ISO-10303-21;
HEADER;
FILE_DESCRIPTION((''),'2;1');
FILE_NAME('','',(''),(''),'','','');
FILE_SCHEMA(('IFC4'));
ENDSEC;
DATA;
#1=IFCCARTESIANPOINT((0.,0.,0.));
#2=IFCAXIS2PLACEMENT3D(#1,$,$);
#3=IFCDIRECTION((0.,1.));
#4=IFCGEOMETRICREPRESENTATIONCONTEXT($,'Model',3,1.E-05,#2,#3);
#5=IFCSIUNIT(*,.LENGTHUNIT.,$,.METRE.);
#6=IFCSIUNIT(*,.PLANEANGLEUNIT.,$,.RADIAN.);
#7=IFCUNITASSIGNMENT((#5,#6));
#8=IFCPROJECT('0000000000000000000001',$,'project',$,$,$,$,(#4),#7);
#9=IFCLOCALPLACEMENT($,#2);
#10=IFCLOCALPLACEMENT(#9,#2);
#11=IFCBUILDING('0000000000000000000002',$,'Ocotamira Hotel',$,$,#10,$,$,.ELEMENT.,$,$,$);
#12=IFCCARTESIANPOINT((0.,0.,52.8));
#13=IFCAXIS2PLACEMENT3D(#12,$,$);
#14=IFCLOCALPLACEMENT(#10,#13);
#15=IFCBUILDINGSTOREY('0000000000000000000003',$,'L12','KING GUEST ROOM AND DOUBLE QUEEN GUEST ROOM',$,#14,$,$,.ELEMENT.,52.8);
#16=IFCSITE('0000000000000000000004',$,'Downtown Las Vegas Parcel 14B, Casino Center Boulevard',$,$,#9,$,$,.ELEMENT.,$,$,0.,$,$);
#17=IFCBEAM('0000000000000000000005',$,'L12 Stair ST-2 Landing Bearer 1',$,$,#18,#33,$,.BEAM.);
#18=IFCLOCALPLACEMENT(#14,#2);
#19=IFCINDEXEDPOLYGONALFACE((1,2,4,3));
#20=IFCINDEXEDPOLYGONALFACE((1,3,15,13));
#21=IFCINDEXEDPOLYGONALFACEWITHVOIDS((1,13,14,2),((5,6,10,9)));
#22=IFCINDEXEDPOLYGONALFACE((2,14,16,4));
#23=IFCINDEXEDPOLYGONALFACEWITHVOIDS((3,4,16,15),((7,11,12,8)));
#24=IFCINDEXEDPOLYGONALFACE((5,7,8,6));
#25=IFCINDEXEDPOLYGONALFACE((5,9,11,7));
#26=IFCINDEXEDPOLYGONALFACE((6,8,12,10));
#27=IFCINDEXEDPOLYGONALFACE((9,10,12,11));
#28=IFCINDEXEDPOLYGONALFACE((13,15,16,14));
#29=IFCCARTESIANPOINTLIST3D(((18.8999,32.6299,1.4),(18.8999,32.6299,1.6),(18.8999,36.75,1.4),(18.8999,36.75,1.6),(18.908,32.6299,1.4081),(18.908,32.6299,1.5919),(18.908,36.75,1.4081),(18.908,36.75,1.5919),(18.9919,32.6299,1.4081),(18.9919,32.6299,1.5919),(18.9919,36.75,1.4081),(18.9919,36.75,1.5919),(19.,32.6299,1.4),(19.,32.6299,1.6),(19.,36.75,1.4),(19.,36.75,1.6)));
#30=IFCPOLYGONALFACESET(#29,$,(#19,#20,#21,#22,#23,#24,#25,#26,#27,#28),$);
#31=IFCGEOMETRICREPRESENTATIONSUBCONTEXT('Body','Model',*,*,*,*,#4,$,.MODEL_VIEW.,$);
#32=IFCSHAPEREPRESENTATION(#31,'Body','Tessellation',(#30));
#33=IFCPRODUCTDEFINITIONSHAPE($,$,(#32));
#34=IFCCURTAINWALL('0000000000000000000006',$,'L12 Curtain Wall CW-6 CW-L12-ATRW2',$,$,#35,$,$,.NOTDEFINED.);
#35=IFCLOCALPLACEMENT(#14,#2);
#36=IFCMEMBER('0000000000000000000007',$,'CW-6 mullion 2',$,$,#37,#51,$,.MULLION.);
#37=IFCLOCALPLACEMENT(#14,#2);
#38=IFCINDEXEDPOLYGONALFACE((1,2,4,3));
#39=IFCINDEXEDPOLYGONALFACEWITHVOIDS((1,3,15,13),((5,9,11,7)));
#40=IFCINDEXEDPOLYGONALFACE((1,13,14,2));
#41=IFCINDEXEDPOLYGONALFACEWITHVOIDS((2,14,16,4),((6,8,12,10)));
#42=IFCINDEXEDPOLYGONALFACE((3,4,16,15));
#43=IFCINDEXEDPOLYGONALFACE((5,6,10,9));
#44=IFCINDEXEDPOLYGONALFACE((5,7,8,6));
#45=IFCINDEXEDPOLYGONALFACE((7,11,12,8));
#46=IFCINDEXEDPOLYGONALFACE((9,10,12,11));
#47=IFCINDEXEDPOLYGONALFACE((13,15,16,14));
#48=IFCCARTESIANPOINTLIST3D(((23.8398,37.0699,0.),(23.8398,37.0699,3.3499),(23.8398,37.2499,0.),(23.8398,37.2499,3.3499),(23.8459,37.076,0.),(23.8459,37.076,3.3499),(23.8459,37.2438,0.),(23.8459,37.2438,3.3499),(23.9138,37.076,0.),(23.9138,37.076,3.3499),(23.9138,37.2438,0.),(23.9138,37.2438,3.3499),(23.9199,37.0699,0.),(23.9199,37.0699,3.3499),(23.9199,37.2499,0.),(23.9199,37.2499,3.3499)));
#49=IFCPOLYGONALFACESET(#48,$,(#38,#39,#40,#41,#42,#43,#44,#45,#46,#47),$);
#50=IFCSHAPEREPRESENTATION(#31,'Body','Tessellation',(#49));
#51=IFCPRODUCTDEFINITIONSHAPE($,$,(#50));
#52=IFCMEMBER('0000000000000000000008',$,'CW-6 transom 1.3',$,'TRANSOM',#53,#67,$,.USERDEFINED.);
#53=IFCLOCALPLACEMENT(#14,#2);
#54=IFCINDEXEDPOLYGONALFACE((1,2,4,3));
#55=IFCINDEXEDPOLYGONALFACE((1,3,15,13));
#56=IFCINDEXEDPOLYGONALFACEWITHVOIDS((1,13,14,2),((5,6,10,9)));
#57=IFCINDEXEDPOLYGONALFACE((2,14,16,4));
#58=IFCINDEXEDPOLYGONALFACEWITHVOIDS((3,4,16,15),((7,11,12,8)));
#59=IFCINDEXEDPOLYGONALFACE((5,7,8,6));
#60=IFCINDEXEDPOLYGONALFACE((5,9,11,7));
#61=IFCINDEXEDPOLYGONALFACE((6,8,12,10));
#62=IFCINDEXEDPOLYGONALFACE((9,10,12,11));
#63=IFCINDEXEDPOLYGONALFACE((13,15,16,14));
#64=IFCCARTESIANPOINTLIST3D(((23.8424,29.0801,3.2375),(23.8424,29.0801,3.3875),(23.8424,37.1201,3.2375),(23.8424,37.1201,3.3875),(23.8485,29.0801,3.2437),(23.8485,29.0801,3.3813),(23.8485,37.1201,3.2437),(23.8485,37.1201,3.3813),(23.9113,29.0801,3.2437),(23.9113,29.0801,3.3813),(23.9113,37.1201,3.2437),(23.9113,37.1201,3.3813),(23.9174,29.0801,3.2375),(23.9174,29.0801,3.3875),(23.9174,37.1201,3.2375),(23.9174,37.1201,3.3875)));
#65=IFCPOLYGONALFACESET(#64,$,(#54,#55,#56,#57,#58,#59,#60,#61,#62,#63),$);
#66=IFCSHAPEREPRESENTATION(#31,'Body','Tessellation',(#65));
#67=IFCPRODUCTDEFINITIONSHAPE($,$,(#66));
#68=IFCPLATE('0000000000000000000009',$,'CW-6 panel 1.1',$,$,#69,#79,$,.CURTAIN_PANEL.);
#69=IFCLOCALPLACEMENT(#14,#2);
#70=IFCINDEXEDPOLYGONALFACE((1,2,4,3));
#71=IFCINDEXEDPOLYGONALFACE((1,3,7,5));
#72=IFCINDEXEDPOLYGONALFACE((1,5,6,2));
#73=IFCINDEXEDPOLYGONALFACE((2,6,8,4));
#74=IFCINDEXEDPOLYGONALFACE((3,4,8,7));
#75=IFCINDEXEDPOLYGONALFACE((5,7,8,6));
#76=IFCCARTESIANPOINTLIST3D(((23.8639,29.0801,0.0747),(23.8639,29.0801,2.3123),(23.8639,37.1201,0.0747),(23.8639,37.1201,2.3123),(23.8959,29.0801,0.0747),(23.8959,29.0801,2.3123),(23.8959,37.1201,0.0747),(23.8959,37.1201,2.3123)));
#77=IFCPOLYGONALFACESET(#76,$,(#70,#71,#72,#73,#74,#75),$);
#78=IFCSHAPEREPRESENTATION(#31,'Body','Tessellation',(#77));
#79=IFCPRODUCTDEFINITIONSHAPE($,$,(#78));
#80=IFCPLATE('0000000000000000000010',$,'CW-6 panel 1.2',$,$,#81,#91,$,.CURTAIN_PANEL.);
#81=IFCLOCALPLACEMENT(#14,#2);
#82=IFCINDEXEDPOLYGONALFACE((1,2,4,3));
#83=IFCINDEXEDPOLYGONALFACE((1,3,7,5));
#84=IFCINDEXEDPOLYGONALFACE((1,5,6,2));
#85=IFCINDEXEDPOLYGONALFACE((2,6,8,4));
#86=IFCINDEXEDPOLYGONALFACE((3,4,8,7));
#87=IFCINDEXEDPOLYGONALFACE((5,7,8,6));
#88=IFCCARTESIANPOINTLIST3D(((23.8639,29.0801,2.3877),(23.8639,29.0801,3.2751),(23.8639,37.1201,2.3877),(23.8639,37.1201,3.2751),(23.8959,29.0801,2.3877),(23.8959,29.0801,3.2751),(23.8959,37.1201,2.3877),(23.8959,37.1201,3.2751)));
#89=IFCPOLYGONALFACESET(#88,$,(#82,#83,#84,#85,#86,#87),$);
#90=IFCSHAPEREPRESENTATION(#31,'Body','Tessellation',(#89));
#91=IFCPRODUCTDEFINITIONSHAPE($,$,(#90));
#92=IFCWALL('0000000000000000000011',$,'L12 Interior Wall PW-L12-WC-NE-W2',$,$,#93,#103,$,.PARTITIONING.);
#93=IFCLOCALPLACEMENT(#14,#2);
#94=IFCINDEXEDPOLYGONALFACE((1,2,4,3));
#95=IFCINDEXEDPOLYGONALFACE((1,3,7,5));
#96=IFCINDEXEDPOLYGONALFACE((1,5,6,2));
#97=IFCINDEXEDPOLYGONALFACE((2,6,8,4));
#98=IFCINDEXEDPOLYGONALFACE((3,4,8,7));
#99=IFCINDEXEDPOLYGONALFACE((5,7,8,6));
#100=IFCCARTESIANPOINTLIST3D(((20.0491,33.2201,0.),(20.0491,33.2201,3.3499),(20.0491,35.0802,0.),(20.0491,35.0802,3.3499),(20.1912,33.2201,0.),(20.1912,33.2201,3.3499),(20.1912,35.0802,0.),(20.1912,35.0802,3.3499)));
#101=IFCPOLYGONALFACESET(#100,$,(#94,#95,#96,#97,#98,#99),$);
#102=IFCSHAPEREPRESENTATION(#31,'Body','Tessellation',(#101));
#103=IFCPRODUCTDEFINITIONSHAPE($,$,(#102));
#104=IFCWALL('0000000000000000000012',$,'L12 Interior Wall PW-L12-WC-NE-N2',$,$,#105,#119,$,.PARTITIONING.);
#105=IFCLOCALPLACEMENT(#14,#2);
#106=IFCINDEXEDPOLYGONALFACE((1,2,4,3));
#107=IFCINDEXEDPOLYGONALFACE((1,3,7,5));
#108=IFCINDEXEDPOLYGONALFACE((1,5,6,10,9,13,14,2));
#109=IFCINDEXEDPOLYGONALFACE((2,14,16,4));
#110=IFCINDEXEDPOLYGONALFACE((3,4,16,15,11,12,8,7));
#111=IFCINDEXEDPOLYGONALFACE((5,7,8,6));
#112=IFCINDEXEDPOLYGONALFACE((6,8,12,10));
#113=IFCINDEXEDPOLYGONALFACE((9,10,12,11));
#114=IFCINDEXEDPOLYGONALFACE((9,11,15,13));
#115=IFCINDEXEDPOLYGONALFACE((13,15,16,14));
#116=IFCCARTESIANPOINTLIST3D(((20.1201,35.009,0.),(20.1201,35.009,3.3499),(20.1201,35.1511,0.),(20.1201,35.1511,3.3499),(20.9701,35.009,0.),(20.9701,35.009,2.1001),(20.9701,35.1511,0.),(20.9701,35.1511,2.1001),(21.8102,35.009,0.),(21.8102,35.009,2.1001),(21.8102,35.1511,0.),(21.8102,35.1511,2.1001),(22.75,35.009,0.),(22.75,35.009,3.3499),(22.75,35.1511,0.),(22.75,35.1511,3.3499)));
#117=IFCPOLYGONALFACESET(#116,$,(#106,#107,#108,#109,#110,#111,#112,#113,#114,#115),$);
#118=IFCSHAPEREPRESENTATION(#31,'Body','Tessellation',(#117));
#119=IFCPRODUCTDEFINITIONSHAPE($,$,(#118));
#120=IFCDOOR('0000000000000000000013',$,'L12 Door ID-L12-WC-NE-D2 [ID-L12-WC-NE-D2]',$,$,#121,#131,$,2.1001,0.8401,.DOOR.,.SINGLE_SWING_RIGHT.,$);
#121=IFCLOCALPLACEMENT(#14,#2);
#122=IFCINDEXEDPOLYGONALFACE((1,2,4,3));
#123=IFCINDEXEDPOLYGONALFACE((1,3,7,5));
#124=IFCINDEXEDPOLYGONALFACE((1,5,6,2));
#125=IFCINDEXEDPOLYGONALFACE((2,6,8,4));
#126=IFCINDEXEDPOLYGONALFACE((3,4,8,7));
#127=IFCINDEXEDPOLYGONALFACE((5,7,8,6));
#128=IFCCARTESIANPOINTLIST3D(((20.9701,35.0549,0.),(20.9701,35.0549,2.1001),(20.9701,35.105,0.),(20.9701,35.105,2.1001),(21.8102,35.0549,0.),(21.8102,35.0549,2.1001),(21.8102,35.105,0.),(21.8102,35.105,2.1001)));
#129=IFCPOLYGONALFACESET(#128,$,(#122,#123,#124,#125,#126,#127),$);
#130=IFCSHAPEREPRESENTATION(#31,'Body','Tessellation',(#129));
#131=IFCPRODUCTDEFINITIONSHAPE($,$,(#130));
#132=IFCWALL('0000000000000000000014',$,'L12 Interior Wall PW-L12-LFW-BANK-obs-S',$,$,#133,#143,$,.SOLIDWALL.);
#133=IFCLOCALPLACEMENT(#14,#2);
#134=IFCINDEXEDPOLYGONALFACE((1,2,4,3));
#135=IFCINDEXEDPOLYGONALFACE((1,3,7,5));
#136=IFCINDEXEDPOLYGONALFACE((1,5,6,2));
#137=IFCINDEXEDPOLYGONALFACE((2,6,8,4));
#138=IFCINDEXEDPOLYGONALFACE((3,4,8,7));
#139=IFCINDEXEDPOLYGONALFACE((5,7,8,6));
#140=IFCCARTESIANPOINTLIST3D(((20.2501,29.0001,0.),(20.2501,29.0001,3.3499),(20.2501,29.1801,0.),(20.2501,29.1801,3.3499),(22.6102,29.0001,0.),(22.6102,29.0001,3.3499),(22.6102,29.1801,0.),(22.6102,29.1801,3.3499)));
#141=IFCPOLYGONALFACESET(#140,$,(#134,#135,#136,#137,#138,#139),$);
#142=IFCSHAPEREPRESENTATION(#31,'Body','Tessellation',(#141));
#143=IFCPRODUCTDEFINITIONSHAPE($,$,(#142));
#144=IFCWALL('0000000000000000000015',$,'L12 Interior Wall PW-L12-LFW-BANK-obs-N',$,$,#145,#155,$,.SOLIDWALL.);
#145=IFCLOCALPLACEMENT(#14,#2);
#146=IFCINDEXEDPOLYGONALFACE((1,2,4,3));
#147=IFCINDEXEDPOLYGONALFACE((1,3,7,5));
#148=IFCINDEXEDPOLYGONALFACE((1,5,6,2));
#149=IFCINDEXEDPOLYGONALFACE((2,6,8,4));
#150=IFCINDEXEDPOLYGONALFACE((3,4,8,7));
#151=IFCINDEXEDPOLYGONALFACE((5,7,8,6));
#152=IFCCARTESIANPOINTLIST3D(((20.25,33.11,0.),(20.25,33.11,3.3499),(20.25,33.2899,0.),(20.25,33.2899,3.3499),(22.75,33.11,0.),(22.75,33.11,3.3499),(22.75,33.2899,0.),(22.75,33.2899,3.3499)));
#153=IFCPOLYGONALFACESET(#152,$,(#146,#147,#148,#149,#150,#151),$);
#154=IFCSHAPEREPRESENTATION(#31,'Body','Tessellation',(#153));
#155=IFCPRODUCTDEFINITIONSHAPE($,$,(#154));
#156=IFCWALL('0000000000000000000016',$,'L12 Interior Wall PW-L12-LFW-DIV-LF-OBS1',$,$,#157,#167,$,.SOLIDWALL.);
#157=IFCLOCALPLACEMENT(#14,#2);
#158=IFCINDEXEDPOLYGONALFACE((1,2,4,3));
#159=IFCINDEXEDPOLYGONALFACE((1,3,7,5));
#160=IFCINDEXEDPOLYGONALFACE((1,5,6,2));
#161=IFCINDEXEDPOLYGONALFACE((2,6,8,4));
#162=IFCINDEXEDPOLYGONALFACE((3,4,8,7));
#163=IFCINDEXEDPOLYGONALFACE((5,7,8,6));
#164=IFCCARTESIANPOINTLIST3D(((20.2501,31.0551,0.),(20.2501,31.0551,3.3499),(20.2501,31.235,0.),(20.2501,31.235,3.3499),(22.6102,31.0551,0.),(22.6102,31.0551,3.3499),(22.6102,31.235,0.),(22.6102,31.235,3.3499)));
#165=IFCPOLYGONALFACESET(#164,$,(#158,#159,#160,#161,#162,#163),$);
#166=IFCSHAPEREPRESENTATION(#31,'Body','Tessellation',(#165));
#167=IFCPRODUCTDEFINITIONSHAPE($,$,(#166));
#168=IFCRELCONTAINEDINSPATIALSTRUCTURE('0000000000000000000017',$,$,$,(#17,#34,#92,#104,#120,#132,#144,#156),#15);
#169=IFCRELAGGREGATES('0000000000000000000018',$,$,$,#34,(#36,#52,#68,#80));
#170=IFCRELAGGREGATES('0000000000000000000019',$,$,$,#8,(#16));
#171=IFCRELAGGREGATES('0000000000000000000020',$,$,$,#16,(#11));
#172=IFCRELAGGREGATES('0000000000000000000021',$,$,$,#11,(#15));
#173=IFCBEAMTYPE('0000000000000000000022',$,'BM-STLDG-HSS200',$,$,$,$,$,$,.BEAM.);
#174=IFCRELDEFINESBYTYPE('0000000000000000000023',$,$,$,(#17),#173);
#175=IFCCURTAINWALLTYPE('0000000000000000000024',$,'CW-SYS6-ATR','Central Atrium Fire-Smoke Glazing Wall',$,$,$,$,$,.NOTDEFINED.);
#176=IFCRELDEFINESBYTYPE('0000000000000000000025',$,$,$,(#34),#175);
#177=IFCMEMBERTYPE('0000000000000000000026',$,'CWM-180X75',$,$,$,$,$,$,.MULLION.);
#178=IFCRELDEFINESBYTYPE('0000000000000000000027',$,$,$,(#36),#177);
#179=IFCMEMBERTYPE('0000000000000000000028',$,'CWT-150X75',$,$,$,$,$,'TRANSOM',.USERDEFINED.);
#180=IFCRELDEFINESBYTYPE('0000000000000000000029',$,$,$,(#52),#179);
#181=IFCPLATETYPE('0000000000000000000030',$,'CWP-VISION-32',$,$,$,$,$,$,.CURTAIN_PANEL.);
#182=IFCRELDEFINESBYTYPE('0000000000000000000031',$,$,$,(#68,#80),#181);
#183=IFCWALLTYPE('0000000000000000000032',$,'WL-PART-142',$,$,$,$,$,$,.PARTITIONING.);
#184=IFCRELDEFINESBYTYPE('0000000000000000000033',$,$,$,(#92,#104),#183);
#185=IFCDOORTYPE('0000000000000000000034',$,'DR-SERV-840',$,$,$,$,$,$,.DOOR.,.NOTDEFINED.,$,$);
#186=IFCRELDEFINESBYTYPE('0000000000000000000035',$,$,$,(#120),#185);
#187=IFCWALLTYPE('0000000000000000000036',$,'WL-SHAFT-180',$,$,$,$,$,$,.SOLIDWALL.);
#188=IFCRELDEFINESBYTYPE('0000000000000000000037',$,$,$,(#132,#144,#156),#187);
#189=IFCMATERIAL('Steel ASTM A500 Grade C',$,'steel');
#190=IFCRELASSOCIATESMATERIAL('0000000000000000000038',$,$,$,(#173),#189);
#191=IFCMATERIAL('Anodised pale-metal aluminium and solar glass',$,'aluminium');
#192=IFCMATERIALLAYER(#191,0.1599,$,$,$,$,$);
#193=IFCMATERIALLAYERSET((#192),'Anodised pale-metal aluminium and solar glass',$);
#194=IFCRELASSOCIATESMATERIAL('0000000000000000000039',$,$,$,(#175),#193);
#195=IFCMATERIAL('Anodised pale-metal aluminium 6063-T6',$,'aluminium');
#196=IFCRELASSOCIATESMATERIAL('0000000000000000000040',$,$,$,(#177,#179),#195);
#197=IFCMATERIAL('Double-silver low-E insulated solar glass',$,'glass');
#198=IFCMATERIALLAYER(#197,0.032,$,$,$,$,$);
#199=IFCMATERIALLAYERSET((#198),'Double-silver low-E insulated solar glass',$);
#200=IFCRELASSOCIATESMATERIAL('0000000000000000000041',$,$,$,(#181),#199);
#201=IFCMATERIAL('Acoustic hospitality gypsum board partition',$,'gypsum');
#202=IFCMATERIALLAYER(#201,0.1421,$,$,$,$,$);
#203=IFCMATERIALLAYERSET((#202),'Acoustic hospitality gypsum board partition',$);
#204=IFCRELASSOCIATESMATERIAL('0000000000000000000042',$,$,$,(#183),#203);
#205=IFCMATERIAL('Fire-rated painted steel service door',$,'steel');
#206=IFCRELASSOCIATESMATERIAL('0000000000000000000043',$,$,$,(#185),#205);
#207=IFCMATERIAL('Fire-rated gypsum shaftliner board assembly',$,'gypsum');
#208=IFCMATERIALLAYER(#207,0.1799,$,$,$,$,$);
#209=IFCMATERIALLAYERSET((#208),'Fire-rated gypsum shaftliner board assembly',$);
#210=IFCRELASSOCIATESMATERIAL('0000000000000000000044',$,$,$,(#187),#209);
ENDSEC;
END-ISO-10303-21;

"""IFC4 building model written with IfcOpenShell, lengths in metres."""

from ifc_helpers import new_model, si_unit, direction, frame, frame_2d, origin, origin_2d, place, context, subcontext, project, spatial, rectangle, hollow_rectangle, extrude, source, transform, mapped, material, layer, layer_set, material_profile, profile_set, type_object, element, fill, aggregate, save


model = new_model("IFC4")

# Units and contexts
model_context = context("Model", 3, precision=1e-05, world=origin(), true_north=direction((0.0, 1.0)))
body_context = subcontext(model_context, "Body", "Model", "MODEL_VIEW")
ifc_project = project(units=[si_unit("LENGTHUNIT", "METRE"), si_unit("PLANEANGLEUNIT", "RADIAN")], contexts=[model_context])

# Site, building, storey
site_placement = place(None, origin())
site = spatial("IfcSite", under=ifc_project, at=site_placement, Name="Downtown Las Vegas Parcel 14B, Casino Center Boulevard", CompositionType="ELEMENT", RefElevation=0.0)
building_placement = place(site_placement, origin())
building = spatial("IfcBuilding", under=site, at=building_placement, Name="Ocotamira Hotel", CompositionType="ELEMENT")
storey_placement = place(building_placement, frame((0.0, 0.0, 52.8)))
storey = spatial("IfcBuildingStorey", under=building, at=storey_placement, Name="L12", Description="KING GUEST ROOM AND DOUBLE QUEEN GUEST ROOM", CompositionType="ELEMENT", Elevation=52.8)

# Beam
ifc_material_1 = material(Name="Steel ASTM A500 Grade C", Category="steel")
ifc_material_profile_1 = material_profile(ifc_material_1, hollow_rectangle(XDim=0.1001, YDim=0.2, WallThickness=0.0081, at=origin_2d()), Name="HSS200X100X8")
ifc_profile_set_1 = profile_set([ifc_material_profile_1], Name="Steel ASTM A500 Grade C")
beam_type = type_object("IfcBeamType", Name="BM-STLDG-HSS200", PredefinedType="BEAM", material=ifc_profile_set_1)
shared_shape_1 = source(origin(), body_context, "Body", "SweptSolid", [
    extrude(hollow_rectangle(XDim=0.1001, YDim=0.2, WallThickness=0.0081, at=origin_2d()), origin(), (0.0, 0.0, 1.0), 4.1201),
])
beam_placement = place(storey_placement, frame((18.95, 32.6299, 1.5), z_axis=(0.0, 1.0, 0.0), x_axis=(-1.0, 0.0, 0.0)))
element("IfcBeam", 1, at=beam_placement, inside=storey, type_object=beam_type, Name="L12 Stair ST-2 Landing Bearer 1", PredefinedType="BEAM", context=body_context, shape_type="MappedRepresentation", body=[
    mapped(shared_shape_1, transform((0.0, 0.0, 0.0), scale=1.0)),
])

# Curtain wall, members, plates
ifc_material_2 = material(Name="Anodised pale-metal aluminium and solar glass", Category="aluminium")
ifc_layer_1 = layer(ifc_material_2, 0.1599)
ifc_layer_set_1 = layer_set([ifc_layer_1], Name="Anodised pale-metal aluminium and solar glass")
curtain_wall_type = type_object("IfcCurtainWallType", Name="CW-SYS6-ATR", Description="Central Atrium Fire-Smoke Glazing Wall", PredefinedType="NOTDEFINED", material=ifc_layer_set_1)
curtain_wall_placement = place(storey_placement, origin())
curtain_wall = element("IfcCurtainWall", 2, at=curtain_wall_placement, inside=storey, type_object=curtain_wall_type, Name="L12 Curtain Wall CW-6 CW-L12-ATRW2", PredefinedType="NOTDEFINED")
ifc_material_3 = material(Name="Anodised pale-metal aluminium 6063-T6", Category="aluminium")
ifc_material_profile_2 = material_profile(ifc_material_3, hollow_rectangle(XDim=0.0801, YDim=0.1799, WallThickness=0.0061, at=origin_2d()), Name="HSS180X80X6")
ifc_profile_set_2 = profile_set([ifc_material_profile_2], Name="Anodised pale-metal aluminium 6063-T6")
member_type_1 = type_object("IfcMemberType", Name="CWM-180X75", PredefinedType="MULLION", material=ifc_profile_set_2)
shared_shape_2 = source(origin(), body_context, "Body", "SweptSolid", [
    extrude(hollow_rectangle(XDim=0.0801, YDim=0.1799, WallThickness=0.0061, at=origin_2d()), origin(), (0.0, 0.0, 1.0), 3.3499),
])
member_1_placement = place(storey_placement, frame((23.8799, 37.1599, 0.0), z_axis=(0.0, 0.0, 1.0), x_axis=(-1.0, 0.0, 0.0)))
member_1 = element("IfcMember", 3, at=member_1_placement, type_object=member_type_1, Name="CW-6 mullion 2", PredefinedType="MULLION", context=body_context, shape_type="MappedRepresentation", body=[
    mapped(shared_shape_2, transform((0.0, 0.0, 0.0), scale=1.0)),
])
ifc_material_profile_3 = material_profile(ifc_material_3, hollow_rectangle(XDim=0.075, YDim=0.1499, WallThickness=0.0061, at=origin_2d()), Name="HSS150X75X6")
ifc_profile_set_3 = profile_set([ifc_material_profile_3], Name="Anodised pale-metal aluminium 6063-T6")
member_type_2 = type_object("IfcMemberType", Name="CWT-150X75", ElementType="TRANSOM", PredefinedType="USERDEFINED", material=ifc_profile_set_3)
shared_shape_3 = source(origin(), body_context, "Body", "SweptSolid", [
    extrude(hollow_rectangle(XDim=0.075, YDim=0.1499, WallThickness=0.0061, at=origin_2d()), origin(), (0.0, 0.0, 1.0), 8.04),
])
member_2_placement = place(storey_placement, frame((23.8799, 29.0801, 3.3125), z_axis=(0.0, 1.0, 0.0), x_axis=(-1.0, 0.0, 0.0)))
member_2 = element("IfcMember", 4, at=member_2_placement, type_object=member_type_2, Name="CW-6 transom 1.3", ObjectType="TRANSOM", PredefinedType="USERDEFINED", context=body_context, shape_type="MappedRepresentation", body=[
    mapped(shared_shape_3, transform((0.0, 0.0, 0.0), scale=1.0)),
])
ifc_material_4 = material(Name="Double-silver low-E insulated solar glass", Category="glass")
ifc_layer_2 = layer(ifc_material_4, 0.032)
ifc_layer_set_2 = layer_set([ifc_layer_2], Name="Double-silver low-E insulated solar glass")
plate_type = type_object("IfcPlateType", Name="CWP-VISION-32", PredefinedType="CURTAIN_PANEL", material=ifc_layer_set_2)
shared_shape_4 = source(origin(), body_context, "Body", "SweptSolid", [
    extrude(rectangle(XDim=8.04, YDim=0.032, at=origin_2d()), origin(), (0.0, 0.0, 1.0), 2.2375),
])
plate_1_placement = place(storey_placement, frame((23.8799, 33.1001, 0.0747), z_axis=(0.0, 0.0, 1.0), x_axis=(0.0, 1.0, 0.0)))
plate_1 = element("IfcPlate", 5, at=plate_1_placement, type_object=plate_type, Name="CW-6 panel 1.1", PredefinedType="CURTAIN_PANEL", context=body_context, shape_type="MappedRepresentation", body=[
    mapped(shared_shape_4, transform((0.0, 0.0, 0.0), scale=1.0)),
])
shared_shape_5 = source(origin(), body_context, "Body", "SweptSolid", [
    extrude(rectangle(XDim=8.04, YDim=0.032, at=origin_2d()), origin(), (0.0, 0.0, 1.0), 0.8875),
])
plate_2_placement = place(storey_placement, frame((23.8799, 33.1001, 2.3877), z_axis=(0.0, 0.0, 1.0), x_axis=(0.0, 1.0, 0.0)))
plate_2 = element("IfcPlate", 6, at=plate_2_placement, type_object=plate_type, Name="CW-6 panel 1.2", PredefinedType="CURTAIN_PANEL", context=body_context, shape_type="MappedRepresentation", body=[
    mapped(shared_shape_5, transform((0.0, 0.0, 0.0), scale=1.0)),
])
aggregate(curtain_wall, [member_1, member_2, plate_1, plate_2])

# Wall
ifc_material_5 = material(Name="Acoustic hospitality gypsum board partition", Category="gypsum")
ifc_layer_3 = layer(ifc_material_5, 0.1421)
ifc_layer_set_3 = layer_set([ifc_layer_3], Name="Acoustic hospitality gypsum board partition")
wall_type_1 = type_object("IfcWallType", Name="WL-PART-142", PredefinedType="PARTITIONING", material=ifc_layer_set_3)
wall_1_placement = place(storey_placement, frame((20.1201, 33.22, 0.0), z_axis=(0.0, 0.0, 1.0), x_axis=(0.0, 1.0, 0.0)))
element("IfcWall", 7, at=wall_1_placement, inside=storey, type_object=wall_type_1, Name="L12 Interior Wall PW-L12-WC-NE-W2", PredefinedType="PARTITIONING", context=body_context, shape_type="SweptSolid", body=[
    extrude(rectangle(XDim=1.8601, YDim=0.1421, at=frame_2d((0.9302, 0.0))), origin(), (0.0, 0.0, 1.0), 3.3499),
])

# Wall, opening, door
wall_2_placement = place(storey_placement, frame((20.1201, 35.0801, 0.0), z_axis=(0.0, 0.0, 1.0), x_axis=(1.0, 0.0, 0.0)))
wall_2 = element("IfcWall", 8, at=wall_2_placement, inside=storey, type_object=wall_type_1, Name="L12 Interior Wall PW-L12-WC-NE-N2", PredefinedType="PARTITIONING", context=body_context, shape_type="SweptSolid", body=[
    extrude(rectangle(XDim=2.6299, YDim=0.1421, at=frame_2d((1.3149, 0.0))), origin(), (0.0, 0.0, 1.0), 3.3499),
])
opening_placement = place(wall_2_placement, frame((0.8501, 0.0, 0.0)))
opening = element("IfcOpeningElement", 9, at=opening_placement, cuts=wall_2, PredefinedType="OPENING", context=body_context, shape_type="SweptSolid", body=[
    extrude(rectangle(XDim=0.8401, YDim=2.1001, at=frame_2d((0.4199, 1.05))), frame((0.0, 0.0811, 0.0), z_axis=(0.0, -1.0, 0.0), x_axis=(1.0, 0.0, 0.0)), (0.0, 0.0, 1.0), 0.1621),
])
ifc_material_6 = material(Name="Fire-rated painted steel service door", Category="steel")
door_type = type_object("IfcDoorType", Name="DR-SERV-840", OperationType="NOTDEFINED", PredefinedType="DOOR", material=ifc_material_6)
shared_shape_6 = source(origin(), body_context, "Body", "SweptSolid", [
    extrude(rectangle(XDim=0.8401, YDim=2.1001, at=frame_2d((0.4199, 1.05))), frame((0.0, 0.0249, 0.0), z_axis=(0.0, -1.0, 0.0), x_axis=(1.0, 0.0, 0.0)), (0.0, 0.0, 1.0), 0.05),
])
door_placement = place(opening_placement, origin())
door = element("IfcDoor", 10, at=door_placement, inside=storey, type_object=door_type, Name="L12 Door ID-L12-WC-NE-D2 [ID-L12-WC-NE-D2]", OperationType="SINGLE_SWING_RIGHT", OverallHeight=2.1001, OverallWidth=0.8401, PredefinedType="DOOR", context=body_context, shape_type="MappedRepresentation", body=[
    mapped(shared_shape_6, transform((0.0, 0.0, 0.0), scale=1.0)),
])
fill(opening, door)

# Walls
ifc_material_7 = material(Name="Fire-rated gypsum shaftliner board assembly", Category="gypsum")
ifc_layer_4 = layer(ifc_material_7, 0.1799)
ifc_layer_set_4 = layer_set([ifc_layer_4], Name="Fire-rated gypsum shaftliner board assembly")
wall_type_2 = type_object("IfcWallType", Name="WL-SHAFT-180", PredefinedType="SOLIDWALL", material=ifc_layer_set_4)
wall_3_placement = place(storey_placement, frame((20.25, 29.0901, 0.0), z_axis=(0.0, 0.0, 1.0), x_axis=(1.0, 0.0, 0.0)))
element("IfcWall", 11, at=wall_3_placement, inside=storey, type_object=wall_type_2, Name="L12 Interior Wall PW-L12-LFW-BANK-obs-S", PredefinedType="SOLIDWALL", context=body_context, shape_type="SweptSolid", body=[
    extrude(rectangle(XDim=2.3601, YDim=0.1799, at=frame_2d((1.1802, 0.0))), origin(), (0.0, 0.0, 1.0), 3.3499),
])
wall_4_placement = place(storey_placement, frame((20.25, 33.2, 0.0), z_axis=(0.0, 0.0, 1.0), x_axis=(1.0, 0.0, 0.0)))
element("IfcWall", 12, at=wall_4_placement, inside=storey, type_object=wall_type_2, Name="L12 Interior Wall PW-L12-LFW-BANK-obs-N", PredefinedType="SOLIDWALL", context=body_context, shape_type="SweptSolid", body=[
    extrude(rectangle(XDim=2.5, YDim=0.1799, at=frame_2d((1.25, 0.0))), origin(), (0.0, 0.0, 1.0), 3.3499),
])
wall_5_placement = place(storey_placement, frame((20.25, 31.145, 0.0), z_axis=(0.0, 0.0, 1.0), x_axis=(1.0, 0.0, 0.0)))
element("IfcWall", 13, at=wall_5_placement, inside=storey, type_object=wall_type_2, Name="L12 Interior Wall PW-L12-LFW-DIV-LF-OBS1", PredefinedType="SOLIDWALL", context=body_context, shape_type="SweptSolid", body=[
    extrude(rectangle(XDim=2.3601, YDim=0.1799, at=frame_2d((1.1802, 0.0))), origin(), (0.0, 0.0, 1.0), 3.3499),
])

save(model, "model.ifc")
